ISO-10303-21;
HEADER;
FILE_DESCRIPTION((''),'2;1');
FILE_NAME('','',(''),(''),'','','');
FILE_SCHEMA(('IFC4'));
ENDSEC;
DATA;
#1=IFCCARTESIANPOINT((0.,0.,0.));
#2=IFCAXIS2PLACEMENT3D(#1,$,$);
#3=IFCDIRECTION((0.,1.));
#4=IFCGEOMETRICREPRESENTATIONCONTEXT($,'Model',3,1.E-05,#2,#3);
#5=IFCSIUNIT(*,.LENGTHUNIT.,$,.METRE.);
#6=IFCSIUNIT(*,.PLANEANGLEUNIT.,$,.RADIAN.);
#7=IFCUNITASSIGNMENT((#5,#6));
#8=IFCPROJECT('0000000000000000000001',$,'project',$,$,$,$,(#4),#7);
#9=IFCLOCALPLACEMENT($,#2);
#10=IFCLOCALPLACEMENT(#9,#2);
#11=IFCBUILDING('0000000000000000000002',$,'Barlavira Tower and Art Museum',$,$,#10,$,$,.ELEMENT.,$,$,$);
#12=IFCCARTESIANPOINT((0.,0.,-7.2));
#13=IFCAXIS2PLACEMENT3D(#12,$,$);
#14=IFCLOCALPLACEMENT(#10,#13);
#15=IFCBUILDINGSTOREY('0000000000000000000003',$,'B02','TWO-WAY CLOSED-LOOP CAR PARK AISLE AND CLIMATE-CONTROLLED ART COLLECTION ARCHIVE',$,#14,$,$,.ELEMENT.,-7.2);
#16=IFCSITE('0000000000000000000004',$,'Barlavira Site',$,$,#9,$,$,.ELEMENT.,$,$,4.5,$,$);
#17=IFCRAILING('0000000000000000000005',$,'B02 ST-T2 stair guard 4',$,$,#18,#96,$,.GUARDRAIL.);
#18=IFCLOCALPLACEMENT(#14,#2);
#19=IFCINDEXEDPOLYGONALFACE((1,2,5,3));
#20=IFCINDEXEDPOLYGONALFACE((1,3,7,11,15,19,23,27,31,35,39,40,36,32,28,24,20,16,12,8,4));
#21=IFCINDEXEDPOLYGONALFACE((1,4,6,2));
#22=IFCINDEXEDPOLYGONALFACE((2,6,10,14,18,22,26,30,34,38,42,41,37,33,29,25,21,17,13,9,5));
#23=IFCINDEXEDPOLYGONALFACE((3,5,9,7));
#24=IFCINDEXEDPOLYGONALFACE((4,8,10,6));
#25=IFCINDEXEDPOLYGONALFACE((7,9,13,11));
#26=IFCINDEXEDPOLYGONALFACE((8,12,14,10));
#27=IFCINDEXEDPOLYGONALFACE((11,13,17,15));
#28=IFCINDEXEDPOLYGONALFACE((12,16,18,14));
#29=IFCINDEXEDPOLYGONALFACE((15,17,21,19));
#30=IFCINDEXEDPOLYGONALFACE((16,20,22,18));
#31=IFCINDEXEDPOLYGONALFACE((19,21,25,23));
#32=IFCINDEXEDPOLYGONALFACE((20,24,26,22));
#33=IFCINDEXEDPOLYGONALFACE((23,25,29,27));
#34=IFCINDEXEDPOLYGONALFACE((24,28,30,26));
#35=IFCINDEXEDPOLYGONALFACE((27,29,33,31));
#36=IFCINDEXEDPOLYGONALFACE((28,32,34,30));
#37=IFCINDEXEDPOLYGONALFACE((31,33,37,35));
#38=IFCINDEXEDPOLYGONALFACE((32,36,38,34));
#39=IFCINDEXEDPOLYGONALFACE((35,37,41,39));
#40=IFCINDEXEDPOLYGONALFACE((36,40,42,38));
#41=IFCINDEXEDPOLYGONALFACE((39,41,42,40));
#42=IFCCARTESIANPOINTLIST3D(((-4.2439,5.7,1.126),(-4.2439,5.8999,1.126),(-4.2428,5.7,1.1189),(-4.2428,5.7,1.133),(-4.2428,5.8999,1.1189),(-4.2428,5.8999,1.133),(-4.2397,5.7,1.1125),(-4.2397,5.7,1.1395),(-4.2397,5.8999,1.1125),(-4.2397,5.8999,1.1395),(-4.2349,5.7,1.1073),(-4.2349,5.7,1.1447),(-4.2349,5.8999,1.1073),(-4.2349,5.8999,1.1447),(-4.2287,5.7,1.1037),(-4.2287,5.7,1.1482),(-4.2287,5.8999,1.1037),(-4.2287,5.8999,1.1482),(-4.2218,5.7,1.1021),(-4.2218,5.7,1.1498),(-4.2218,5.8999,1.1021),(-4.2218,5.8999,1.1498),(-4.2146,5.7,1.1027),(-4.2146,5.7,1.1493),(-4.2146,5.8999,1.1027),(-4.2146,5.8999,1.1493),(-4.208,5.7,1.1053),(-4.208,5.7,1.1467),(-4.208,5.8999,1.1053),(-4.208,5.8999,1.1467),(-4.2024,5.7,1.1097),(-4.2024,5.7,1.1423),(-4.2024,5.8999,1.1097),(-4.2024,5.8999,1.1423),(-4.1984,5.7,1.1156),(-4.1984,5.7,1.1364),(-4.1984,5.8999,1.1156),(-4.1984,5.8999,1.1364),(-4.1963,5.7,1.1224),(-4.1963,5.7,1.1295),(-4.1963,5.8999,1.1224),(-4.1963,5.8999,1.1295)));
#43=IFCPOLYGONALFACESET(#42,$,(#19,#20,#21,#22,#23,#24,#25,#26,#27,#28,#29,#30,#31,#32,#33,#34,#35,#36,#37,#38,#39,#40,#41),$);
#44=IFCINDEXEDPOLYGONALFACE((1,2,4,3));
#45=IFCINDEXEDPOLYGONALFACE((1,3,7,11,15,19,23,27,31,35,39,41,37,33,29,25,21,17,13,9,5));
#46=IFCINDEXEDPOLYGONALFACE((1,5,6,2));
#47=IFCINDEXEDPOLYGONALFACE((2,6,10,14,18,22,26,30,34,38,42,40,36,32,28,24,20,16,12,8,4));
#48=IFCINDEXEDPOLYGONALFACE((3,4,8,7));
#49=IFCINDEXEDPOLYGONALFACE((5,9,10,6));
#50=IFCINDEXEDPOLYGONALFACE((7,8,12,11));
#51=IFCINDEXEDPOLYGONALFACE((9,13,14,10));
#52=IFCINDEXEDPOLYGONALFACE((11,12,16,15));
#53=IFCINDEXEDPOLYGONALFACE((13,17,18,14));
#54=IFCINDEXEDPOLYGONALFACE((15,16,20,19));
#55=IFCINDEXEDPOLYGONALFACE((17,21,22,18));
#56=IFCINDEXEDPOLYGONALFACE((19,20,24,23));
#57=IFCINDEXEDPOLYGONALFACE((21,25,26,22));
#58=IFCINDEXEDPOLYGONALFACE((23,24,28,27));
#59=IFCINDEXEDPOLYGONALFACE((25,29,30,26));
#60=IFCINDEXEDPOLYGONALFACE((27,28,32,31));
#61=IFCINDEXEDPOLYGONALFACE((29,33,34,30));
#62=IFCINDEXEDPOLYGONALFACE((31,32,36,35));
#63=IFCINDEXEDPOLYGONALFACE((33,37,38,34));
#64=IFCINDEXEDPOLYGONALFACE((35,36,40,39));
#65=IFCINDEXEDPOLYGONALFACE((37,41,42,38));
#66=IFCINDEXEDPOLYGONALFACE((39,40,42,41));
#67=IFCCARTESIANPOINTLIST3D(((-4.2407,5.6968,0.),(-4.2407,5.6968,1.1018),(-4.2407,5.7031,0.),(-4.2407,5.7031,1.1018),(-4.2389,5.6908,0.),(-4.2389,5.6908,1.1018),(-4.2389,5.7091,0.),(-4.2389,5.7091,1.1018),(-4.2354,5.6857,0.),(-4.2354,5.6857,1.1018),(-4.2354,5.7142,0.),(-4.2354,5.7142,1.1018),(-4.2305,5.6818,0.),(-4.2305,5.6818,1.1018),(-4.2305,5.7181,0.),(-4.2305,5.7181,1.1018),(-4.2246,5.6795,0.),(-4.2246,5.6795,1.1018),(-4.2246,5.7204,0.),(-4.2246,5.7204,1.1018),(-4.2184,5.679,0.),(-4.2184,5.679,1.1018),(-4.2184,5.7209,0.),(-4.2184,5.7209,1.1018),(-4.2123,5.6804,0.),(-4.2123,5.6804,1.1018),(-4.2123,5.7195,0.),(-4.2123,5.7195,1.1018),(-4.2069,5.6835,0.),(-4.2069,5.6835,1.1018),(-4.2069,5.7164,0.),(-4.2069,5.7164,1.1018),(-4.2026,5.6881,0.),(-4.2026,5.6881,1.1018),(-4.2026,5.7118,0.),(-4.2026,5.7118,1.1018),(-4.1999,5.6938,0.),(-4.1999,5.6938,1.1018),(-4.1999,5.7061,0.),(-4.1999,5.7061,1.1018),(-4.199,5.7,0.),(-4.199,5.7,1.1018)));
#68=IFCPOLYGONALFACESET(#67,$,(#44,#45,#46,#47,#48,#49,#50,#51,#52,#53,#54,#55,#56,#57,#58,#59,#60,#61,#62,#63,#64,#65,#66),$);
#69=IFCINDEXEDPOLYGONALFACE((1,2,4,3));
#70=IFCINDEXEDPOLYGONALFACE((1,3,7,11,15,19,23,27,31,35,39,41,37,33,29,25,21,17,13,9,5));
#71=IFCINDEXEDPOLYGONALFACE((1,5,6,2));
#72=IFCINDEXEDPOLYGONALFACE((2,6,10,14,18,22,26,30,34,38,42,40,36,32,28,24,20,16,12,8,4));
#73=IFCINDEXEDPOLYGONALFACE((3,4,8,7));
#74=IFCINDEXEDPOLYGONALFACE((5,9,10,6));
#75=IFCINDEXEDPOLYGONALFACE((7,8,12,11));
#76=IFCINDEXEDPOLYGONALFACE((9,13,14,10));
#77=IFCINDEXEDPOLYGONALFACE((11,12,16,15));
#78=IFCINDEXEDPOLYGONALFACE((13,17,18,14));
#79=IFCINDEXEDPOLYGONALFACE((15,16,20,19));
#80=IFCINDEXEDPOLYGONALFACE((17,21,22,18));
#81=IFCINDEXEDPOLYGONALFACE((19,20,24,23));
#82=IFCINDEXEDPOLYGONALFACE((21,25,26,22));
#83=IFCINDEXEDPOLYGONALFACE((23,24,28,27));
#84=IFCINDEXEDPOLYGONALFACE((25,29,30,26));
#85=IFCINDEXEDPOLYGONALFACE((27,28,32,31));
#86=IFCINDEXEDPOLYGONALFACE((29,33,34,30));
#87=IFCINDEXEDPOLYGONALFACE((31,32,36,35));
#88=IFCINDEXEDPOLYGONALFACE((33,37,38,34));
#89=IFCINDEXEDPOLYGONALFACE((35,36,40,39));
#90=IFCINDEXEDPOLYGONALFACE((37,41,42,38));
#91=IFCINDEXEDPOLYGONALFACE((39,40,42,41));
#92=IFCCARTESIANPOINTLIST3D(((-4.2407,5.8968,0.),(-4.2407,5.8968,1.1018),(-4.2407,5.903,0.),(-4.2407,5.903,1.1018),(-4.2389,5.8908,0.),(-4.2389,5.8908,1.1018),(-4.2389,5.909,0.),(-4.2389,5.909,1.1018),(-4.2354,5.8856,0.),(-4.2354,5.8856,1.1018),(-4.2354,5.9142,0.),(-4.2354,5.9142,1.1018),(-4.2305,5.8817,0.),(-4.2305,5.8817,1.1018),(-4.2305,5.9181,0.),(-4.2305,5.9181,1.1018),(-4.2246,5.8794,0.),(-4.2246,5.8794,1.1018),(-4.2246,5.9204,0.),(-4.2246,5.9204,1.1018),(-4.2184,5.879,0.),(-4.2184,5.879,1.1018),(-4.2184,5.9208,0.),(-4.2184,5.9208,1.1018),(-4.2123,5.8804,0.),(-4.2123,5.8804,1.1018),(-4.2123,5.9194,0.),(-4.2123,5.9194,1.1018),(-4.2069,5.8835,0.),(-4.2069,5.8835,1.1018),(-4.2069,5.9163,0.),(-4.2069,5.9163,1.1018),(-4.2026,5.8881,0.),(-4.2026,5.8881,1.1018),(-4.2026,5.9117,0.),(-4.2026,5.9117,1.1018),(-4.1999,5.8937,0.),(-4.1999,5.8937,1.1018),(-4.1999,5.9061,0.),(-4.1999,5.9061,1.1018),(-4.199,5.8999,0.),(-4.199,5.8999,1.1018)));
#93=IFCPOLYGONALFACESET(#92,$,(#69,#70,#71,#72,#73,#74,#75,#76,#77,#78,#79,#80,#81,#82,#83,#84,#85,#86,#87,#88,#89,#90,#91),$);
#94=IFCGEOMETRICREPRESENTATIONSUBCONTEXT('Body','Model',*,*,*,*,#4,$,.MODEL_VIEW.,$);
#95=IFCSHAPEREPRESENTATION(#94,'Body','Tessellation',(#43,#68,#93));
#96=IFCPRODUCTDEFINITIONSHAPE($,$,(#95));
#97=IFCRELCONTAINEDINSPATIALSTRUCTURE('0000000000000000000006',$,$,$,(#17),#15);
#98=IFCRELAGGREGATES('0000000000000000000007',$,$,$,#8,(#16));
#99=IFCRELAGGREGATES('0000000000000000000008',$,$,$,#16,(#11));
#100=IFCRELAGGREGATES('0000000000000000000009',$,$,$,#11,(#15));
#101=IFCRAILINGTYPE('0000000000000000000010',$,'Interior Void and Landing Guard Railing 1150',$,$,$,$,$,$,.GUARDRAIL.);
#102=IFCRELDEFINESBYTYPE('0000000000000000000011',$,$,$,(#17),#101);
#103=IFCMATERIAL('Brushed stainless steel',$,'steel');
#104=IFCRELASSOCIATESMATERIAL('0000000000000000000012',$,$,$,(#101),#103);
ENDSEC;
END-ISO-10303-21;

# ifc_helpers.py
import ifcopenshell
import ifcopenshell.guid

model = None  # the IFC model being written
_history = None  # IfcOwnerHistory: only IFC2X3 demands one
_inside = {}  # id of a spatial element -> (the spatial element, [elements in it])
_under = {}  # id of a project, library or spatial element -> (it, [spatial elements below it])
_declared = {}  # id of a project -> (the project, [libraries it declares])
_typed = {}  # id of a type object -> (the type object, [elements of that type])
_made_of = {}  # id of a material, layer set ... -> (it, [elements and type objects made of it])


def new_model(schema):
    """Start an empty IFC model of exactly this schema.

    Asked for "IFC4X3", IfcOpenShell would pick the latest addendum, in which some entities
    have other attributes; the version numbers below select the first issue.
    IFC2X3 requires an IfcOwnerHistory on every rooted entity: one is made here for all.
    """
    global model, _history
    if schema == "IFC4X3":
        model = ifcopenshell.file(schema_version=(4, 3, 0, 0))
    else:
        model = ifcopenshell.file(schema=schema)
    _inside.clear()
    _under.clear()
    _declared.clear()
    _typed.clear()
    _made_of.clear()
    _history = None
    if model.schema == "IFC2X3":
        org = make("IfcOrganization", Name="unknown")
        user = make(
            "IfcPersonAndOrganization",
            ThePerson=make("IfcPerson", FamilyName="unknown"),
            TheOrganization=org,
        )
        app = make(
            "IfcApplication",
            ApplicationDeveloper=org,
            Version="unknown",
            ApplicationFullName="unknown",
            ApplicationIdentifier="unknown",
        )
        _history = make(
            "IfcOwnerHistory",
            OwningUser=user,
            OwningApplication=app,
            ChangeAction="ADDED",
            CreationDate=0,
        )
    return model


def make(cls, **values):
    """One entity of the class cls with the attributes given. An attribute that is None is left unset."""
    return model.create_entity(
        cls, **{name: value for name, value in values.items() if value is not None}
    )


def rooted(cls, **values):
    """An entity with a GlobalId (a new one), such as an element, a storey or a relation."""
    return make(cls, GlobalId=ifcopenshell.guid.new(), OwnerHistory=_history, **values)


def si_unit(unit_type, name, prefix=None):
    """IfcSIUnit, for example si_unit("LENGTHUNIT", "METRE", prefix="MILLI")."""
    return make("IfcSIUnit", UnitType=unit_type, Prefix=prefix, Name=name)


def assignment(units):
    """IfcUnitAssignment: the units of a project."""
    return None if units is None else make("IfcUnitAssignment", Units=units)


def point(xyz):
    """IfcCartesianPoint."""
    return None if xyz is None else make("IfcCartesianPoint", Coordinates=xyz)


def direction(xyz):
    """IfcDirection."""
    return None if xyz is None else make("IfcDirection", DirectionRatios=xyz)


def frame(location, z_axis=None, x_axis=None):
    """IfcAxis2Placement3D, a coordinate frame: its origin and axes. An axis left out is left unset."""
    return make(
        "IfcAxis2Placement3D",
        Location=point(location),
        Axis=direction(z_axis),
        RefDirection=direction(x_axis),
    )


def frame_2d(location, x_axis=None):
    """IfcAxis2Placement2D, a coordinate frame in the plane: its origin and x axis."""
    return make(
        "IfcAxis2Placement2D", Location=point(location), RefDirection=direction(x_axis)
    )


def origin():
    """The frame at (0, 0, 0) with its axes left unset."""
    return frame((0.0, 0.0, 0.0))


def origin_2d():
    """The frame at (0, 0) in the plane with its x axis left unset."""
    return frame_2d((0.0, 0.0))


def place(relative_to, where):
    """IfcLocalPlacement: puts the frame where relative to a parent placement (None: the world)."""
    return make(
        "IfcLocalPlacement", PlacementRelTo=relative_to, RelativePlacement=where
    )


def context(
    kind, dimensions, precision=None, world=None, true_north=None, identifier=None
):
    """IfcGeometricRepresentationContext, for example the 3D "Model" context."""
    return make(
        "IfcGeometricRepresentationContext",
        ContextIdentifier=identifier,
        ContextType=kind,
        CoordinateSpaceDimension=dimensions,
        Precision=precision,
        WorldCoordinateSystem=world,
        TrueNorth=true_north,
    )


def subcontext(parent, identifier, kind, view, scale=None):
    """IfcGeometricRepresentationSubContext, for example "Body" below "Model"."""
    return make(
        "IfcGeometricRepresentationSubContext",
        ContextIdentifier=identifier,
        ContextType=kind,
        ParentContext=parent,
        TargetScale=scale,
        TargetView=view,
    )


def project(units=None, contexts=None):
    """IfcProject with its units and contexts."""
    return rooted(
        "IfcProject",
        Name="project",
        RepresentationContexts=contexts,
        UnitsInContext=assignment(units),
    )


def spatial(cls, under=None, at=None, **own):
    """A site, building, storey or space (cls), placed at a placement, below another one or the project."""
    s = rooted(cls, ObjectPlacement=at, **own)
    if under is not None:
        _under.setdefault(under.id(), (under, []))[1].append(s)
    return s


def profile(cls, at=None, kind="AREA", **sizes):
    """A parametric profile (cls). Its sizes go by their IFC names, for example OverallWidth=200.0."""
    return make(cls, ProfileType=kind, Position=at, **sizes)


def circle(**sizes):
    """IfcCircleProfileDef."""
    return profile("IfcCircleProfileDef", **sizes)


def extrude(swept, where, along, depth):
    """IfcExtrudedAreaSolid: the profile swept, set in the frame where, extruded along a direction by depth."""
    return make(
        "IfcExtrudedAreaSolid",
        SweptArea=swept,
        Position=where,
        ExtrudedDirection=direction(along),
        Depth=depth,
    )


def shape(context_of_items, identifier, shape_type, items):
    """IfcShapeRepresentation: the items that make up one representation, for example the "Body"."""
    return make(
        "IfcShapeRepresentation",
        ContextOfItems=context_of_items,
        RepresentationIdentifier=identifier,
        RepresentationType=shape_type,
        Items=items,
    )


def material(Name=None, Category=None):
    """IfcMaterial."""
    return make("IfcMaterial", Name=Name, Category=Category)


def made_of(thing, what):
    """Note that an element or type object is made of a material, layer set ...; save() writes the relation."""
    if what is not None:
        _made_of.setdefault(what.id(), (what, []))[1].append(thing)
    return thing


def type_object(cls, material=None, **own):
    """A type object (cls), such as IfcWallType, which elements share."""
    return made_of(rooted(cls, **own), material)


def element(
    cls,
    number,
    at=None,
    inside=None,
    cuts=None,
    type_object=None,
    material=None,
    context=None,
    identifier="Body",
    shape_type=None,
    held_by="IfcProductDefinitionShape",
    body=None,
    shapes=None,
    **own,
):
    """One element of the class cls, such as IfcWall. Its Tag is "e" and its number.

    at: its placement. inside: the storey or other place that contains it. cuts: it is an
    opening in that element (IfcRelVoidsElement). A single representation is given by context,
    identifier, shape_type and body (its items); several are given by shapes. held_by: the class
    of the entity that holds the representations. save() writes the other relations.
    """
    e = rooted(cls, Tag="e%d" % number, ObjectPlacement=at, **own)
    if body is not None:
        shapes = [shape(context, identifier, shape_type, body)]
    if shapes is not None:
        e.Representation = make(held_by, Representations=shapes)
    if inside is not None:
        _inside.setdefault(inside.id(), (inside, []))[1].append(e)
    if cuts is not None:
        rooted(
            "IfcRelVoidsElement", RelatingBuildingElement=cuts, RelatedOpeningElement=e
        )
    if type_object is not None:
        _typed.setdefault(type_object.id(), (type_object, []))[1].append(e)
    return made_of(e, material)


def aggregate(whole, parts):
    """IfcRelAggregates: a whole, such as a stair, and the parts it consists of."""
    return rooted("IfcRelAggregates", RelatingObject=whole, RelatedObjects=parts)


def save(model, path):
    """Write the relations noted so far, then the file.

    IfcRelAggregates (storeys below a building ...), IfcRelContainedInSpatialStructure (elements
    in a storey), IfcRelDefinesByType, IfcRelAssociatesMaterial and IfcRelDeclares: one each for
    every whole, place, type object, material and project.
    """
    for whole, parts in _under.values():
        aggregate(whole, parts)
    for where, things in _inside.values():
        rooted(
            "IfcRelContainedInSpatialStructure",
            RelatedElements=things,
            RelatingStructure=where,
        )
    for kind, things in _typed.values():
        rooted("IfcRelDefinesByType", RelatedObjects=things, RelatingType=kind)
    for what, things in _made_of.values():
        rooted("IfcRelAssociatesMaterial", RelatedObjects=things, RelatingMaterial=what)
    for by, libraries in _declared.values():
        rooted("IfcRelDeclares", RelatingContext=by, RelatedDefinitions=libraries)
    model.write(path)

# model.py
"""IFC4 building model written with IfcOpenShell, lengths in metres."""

from ifc_helpers import new_model, si_unit, direction, frame, origin, origin_2d, place, context, subcontext, project, spatial, circle, extrude, material, type_object, element, save


model = new_model("IFC4")

# Units and contexts
model_context = context("Model", 3, precision=1e-05, world=origin(), true_north=direction((0.0, 1.0)))
body_context = subcontext(model_context, "Body", "Model", "MODEL_VIEW")
ifc_project = project(units=[si_unit("LENGTHUNIT", "METRE"), si_unit("PLANEANGLEUNIT", "RADIAN")], contexts=[model_context])

# Site, building, storey
site_placement = place(None, origin())
site = spatial("IfcSite", under=ifc_project, at=site_placement, Name="Barlavira Site", CompositionType="ELEMENT", RefElevation=4.5)
building_placement = place(site_placement, origin())
building = spatial("IfcBuilding", under=site, at=building_placement, Name="Barlavira Tower and Art Museum", CompositionType="ELEMENT")
storey_placement = place(building_placement, frame((0.0, 0.0, -7.2)))
storey = spatial("IfcBuildingStorey", under=building, at=storey_placement, Name="B02", Description="TWO-WAY CLOSED-LOOP CAR PARK AISLE AND CLIMATE-CONTROLLED ART COLLECTION ARCHIVE", CompositionType="ELEMENT", Elevation=-7.2)

# Shared definitions
ifc_material_1 = material(Name="Brushed stainless steel", Category="steel")

# Railing
railing_type_1 = type_object("IfcRailingType", Name="Interior Void and Landing Guard Railing 1150", PredefinedType="GUARDRAIL", material=ifc_material_1)
railing_1_placement = place(storey_placement, frame((-4.22, 5.7, 0.0)))
element("IfcRailing", 1, at=railing_1_placement, inside=storey, type_object=railing_type_1, Name="B02 ST-T2 stair guard 4", PredefinedType="GUARDRAIL", context=body_context, shape_type="SweptSolid", body=[
    extrude(circle(Radius=0.0239, at=origin_2d()), frame((0.0, 0.0, 1.126), z_axis=(0.0, 1.0, 0.0), x_axis=(-1.0, 0.0, 0.0)), (0.0, 0.0, 1.0), 0.2),
    extrude(circle(Radius=0.021, at=origin_2d()), origin(), (0.0, 0.0, 1.0), 1.1018),
    extrude(circle(Radius=0.021, at=origin_2d()), frame((0.0, 0.2, 0.0)), (0.0, 0.0, 1.0), 1.1018),
])

save(model, "model.ifc")
